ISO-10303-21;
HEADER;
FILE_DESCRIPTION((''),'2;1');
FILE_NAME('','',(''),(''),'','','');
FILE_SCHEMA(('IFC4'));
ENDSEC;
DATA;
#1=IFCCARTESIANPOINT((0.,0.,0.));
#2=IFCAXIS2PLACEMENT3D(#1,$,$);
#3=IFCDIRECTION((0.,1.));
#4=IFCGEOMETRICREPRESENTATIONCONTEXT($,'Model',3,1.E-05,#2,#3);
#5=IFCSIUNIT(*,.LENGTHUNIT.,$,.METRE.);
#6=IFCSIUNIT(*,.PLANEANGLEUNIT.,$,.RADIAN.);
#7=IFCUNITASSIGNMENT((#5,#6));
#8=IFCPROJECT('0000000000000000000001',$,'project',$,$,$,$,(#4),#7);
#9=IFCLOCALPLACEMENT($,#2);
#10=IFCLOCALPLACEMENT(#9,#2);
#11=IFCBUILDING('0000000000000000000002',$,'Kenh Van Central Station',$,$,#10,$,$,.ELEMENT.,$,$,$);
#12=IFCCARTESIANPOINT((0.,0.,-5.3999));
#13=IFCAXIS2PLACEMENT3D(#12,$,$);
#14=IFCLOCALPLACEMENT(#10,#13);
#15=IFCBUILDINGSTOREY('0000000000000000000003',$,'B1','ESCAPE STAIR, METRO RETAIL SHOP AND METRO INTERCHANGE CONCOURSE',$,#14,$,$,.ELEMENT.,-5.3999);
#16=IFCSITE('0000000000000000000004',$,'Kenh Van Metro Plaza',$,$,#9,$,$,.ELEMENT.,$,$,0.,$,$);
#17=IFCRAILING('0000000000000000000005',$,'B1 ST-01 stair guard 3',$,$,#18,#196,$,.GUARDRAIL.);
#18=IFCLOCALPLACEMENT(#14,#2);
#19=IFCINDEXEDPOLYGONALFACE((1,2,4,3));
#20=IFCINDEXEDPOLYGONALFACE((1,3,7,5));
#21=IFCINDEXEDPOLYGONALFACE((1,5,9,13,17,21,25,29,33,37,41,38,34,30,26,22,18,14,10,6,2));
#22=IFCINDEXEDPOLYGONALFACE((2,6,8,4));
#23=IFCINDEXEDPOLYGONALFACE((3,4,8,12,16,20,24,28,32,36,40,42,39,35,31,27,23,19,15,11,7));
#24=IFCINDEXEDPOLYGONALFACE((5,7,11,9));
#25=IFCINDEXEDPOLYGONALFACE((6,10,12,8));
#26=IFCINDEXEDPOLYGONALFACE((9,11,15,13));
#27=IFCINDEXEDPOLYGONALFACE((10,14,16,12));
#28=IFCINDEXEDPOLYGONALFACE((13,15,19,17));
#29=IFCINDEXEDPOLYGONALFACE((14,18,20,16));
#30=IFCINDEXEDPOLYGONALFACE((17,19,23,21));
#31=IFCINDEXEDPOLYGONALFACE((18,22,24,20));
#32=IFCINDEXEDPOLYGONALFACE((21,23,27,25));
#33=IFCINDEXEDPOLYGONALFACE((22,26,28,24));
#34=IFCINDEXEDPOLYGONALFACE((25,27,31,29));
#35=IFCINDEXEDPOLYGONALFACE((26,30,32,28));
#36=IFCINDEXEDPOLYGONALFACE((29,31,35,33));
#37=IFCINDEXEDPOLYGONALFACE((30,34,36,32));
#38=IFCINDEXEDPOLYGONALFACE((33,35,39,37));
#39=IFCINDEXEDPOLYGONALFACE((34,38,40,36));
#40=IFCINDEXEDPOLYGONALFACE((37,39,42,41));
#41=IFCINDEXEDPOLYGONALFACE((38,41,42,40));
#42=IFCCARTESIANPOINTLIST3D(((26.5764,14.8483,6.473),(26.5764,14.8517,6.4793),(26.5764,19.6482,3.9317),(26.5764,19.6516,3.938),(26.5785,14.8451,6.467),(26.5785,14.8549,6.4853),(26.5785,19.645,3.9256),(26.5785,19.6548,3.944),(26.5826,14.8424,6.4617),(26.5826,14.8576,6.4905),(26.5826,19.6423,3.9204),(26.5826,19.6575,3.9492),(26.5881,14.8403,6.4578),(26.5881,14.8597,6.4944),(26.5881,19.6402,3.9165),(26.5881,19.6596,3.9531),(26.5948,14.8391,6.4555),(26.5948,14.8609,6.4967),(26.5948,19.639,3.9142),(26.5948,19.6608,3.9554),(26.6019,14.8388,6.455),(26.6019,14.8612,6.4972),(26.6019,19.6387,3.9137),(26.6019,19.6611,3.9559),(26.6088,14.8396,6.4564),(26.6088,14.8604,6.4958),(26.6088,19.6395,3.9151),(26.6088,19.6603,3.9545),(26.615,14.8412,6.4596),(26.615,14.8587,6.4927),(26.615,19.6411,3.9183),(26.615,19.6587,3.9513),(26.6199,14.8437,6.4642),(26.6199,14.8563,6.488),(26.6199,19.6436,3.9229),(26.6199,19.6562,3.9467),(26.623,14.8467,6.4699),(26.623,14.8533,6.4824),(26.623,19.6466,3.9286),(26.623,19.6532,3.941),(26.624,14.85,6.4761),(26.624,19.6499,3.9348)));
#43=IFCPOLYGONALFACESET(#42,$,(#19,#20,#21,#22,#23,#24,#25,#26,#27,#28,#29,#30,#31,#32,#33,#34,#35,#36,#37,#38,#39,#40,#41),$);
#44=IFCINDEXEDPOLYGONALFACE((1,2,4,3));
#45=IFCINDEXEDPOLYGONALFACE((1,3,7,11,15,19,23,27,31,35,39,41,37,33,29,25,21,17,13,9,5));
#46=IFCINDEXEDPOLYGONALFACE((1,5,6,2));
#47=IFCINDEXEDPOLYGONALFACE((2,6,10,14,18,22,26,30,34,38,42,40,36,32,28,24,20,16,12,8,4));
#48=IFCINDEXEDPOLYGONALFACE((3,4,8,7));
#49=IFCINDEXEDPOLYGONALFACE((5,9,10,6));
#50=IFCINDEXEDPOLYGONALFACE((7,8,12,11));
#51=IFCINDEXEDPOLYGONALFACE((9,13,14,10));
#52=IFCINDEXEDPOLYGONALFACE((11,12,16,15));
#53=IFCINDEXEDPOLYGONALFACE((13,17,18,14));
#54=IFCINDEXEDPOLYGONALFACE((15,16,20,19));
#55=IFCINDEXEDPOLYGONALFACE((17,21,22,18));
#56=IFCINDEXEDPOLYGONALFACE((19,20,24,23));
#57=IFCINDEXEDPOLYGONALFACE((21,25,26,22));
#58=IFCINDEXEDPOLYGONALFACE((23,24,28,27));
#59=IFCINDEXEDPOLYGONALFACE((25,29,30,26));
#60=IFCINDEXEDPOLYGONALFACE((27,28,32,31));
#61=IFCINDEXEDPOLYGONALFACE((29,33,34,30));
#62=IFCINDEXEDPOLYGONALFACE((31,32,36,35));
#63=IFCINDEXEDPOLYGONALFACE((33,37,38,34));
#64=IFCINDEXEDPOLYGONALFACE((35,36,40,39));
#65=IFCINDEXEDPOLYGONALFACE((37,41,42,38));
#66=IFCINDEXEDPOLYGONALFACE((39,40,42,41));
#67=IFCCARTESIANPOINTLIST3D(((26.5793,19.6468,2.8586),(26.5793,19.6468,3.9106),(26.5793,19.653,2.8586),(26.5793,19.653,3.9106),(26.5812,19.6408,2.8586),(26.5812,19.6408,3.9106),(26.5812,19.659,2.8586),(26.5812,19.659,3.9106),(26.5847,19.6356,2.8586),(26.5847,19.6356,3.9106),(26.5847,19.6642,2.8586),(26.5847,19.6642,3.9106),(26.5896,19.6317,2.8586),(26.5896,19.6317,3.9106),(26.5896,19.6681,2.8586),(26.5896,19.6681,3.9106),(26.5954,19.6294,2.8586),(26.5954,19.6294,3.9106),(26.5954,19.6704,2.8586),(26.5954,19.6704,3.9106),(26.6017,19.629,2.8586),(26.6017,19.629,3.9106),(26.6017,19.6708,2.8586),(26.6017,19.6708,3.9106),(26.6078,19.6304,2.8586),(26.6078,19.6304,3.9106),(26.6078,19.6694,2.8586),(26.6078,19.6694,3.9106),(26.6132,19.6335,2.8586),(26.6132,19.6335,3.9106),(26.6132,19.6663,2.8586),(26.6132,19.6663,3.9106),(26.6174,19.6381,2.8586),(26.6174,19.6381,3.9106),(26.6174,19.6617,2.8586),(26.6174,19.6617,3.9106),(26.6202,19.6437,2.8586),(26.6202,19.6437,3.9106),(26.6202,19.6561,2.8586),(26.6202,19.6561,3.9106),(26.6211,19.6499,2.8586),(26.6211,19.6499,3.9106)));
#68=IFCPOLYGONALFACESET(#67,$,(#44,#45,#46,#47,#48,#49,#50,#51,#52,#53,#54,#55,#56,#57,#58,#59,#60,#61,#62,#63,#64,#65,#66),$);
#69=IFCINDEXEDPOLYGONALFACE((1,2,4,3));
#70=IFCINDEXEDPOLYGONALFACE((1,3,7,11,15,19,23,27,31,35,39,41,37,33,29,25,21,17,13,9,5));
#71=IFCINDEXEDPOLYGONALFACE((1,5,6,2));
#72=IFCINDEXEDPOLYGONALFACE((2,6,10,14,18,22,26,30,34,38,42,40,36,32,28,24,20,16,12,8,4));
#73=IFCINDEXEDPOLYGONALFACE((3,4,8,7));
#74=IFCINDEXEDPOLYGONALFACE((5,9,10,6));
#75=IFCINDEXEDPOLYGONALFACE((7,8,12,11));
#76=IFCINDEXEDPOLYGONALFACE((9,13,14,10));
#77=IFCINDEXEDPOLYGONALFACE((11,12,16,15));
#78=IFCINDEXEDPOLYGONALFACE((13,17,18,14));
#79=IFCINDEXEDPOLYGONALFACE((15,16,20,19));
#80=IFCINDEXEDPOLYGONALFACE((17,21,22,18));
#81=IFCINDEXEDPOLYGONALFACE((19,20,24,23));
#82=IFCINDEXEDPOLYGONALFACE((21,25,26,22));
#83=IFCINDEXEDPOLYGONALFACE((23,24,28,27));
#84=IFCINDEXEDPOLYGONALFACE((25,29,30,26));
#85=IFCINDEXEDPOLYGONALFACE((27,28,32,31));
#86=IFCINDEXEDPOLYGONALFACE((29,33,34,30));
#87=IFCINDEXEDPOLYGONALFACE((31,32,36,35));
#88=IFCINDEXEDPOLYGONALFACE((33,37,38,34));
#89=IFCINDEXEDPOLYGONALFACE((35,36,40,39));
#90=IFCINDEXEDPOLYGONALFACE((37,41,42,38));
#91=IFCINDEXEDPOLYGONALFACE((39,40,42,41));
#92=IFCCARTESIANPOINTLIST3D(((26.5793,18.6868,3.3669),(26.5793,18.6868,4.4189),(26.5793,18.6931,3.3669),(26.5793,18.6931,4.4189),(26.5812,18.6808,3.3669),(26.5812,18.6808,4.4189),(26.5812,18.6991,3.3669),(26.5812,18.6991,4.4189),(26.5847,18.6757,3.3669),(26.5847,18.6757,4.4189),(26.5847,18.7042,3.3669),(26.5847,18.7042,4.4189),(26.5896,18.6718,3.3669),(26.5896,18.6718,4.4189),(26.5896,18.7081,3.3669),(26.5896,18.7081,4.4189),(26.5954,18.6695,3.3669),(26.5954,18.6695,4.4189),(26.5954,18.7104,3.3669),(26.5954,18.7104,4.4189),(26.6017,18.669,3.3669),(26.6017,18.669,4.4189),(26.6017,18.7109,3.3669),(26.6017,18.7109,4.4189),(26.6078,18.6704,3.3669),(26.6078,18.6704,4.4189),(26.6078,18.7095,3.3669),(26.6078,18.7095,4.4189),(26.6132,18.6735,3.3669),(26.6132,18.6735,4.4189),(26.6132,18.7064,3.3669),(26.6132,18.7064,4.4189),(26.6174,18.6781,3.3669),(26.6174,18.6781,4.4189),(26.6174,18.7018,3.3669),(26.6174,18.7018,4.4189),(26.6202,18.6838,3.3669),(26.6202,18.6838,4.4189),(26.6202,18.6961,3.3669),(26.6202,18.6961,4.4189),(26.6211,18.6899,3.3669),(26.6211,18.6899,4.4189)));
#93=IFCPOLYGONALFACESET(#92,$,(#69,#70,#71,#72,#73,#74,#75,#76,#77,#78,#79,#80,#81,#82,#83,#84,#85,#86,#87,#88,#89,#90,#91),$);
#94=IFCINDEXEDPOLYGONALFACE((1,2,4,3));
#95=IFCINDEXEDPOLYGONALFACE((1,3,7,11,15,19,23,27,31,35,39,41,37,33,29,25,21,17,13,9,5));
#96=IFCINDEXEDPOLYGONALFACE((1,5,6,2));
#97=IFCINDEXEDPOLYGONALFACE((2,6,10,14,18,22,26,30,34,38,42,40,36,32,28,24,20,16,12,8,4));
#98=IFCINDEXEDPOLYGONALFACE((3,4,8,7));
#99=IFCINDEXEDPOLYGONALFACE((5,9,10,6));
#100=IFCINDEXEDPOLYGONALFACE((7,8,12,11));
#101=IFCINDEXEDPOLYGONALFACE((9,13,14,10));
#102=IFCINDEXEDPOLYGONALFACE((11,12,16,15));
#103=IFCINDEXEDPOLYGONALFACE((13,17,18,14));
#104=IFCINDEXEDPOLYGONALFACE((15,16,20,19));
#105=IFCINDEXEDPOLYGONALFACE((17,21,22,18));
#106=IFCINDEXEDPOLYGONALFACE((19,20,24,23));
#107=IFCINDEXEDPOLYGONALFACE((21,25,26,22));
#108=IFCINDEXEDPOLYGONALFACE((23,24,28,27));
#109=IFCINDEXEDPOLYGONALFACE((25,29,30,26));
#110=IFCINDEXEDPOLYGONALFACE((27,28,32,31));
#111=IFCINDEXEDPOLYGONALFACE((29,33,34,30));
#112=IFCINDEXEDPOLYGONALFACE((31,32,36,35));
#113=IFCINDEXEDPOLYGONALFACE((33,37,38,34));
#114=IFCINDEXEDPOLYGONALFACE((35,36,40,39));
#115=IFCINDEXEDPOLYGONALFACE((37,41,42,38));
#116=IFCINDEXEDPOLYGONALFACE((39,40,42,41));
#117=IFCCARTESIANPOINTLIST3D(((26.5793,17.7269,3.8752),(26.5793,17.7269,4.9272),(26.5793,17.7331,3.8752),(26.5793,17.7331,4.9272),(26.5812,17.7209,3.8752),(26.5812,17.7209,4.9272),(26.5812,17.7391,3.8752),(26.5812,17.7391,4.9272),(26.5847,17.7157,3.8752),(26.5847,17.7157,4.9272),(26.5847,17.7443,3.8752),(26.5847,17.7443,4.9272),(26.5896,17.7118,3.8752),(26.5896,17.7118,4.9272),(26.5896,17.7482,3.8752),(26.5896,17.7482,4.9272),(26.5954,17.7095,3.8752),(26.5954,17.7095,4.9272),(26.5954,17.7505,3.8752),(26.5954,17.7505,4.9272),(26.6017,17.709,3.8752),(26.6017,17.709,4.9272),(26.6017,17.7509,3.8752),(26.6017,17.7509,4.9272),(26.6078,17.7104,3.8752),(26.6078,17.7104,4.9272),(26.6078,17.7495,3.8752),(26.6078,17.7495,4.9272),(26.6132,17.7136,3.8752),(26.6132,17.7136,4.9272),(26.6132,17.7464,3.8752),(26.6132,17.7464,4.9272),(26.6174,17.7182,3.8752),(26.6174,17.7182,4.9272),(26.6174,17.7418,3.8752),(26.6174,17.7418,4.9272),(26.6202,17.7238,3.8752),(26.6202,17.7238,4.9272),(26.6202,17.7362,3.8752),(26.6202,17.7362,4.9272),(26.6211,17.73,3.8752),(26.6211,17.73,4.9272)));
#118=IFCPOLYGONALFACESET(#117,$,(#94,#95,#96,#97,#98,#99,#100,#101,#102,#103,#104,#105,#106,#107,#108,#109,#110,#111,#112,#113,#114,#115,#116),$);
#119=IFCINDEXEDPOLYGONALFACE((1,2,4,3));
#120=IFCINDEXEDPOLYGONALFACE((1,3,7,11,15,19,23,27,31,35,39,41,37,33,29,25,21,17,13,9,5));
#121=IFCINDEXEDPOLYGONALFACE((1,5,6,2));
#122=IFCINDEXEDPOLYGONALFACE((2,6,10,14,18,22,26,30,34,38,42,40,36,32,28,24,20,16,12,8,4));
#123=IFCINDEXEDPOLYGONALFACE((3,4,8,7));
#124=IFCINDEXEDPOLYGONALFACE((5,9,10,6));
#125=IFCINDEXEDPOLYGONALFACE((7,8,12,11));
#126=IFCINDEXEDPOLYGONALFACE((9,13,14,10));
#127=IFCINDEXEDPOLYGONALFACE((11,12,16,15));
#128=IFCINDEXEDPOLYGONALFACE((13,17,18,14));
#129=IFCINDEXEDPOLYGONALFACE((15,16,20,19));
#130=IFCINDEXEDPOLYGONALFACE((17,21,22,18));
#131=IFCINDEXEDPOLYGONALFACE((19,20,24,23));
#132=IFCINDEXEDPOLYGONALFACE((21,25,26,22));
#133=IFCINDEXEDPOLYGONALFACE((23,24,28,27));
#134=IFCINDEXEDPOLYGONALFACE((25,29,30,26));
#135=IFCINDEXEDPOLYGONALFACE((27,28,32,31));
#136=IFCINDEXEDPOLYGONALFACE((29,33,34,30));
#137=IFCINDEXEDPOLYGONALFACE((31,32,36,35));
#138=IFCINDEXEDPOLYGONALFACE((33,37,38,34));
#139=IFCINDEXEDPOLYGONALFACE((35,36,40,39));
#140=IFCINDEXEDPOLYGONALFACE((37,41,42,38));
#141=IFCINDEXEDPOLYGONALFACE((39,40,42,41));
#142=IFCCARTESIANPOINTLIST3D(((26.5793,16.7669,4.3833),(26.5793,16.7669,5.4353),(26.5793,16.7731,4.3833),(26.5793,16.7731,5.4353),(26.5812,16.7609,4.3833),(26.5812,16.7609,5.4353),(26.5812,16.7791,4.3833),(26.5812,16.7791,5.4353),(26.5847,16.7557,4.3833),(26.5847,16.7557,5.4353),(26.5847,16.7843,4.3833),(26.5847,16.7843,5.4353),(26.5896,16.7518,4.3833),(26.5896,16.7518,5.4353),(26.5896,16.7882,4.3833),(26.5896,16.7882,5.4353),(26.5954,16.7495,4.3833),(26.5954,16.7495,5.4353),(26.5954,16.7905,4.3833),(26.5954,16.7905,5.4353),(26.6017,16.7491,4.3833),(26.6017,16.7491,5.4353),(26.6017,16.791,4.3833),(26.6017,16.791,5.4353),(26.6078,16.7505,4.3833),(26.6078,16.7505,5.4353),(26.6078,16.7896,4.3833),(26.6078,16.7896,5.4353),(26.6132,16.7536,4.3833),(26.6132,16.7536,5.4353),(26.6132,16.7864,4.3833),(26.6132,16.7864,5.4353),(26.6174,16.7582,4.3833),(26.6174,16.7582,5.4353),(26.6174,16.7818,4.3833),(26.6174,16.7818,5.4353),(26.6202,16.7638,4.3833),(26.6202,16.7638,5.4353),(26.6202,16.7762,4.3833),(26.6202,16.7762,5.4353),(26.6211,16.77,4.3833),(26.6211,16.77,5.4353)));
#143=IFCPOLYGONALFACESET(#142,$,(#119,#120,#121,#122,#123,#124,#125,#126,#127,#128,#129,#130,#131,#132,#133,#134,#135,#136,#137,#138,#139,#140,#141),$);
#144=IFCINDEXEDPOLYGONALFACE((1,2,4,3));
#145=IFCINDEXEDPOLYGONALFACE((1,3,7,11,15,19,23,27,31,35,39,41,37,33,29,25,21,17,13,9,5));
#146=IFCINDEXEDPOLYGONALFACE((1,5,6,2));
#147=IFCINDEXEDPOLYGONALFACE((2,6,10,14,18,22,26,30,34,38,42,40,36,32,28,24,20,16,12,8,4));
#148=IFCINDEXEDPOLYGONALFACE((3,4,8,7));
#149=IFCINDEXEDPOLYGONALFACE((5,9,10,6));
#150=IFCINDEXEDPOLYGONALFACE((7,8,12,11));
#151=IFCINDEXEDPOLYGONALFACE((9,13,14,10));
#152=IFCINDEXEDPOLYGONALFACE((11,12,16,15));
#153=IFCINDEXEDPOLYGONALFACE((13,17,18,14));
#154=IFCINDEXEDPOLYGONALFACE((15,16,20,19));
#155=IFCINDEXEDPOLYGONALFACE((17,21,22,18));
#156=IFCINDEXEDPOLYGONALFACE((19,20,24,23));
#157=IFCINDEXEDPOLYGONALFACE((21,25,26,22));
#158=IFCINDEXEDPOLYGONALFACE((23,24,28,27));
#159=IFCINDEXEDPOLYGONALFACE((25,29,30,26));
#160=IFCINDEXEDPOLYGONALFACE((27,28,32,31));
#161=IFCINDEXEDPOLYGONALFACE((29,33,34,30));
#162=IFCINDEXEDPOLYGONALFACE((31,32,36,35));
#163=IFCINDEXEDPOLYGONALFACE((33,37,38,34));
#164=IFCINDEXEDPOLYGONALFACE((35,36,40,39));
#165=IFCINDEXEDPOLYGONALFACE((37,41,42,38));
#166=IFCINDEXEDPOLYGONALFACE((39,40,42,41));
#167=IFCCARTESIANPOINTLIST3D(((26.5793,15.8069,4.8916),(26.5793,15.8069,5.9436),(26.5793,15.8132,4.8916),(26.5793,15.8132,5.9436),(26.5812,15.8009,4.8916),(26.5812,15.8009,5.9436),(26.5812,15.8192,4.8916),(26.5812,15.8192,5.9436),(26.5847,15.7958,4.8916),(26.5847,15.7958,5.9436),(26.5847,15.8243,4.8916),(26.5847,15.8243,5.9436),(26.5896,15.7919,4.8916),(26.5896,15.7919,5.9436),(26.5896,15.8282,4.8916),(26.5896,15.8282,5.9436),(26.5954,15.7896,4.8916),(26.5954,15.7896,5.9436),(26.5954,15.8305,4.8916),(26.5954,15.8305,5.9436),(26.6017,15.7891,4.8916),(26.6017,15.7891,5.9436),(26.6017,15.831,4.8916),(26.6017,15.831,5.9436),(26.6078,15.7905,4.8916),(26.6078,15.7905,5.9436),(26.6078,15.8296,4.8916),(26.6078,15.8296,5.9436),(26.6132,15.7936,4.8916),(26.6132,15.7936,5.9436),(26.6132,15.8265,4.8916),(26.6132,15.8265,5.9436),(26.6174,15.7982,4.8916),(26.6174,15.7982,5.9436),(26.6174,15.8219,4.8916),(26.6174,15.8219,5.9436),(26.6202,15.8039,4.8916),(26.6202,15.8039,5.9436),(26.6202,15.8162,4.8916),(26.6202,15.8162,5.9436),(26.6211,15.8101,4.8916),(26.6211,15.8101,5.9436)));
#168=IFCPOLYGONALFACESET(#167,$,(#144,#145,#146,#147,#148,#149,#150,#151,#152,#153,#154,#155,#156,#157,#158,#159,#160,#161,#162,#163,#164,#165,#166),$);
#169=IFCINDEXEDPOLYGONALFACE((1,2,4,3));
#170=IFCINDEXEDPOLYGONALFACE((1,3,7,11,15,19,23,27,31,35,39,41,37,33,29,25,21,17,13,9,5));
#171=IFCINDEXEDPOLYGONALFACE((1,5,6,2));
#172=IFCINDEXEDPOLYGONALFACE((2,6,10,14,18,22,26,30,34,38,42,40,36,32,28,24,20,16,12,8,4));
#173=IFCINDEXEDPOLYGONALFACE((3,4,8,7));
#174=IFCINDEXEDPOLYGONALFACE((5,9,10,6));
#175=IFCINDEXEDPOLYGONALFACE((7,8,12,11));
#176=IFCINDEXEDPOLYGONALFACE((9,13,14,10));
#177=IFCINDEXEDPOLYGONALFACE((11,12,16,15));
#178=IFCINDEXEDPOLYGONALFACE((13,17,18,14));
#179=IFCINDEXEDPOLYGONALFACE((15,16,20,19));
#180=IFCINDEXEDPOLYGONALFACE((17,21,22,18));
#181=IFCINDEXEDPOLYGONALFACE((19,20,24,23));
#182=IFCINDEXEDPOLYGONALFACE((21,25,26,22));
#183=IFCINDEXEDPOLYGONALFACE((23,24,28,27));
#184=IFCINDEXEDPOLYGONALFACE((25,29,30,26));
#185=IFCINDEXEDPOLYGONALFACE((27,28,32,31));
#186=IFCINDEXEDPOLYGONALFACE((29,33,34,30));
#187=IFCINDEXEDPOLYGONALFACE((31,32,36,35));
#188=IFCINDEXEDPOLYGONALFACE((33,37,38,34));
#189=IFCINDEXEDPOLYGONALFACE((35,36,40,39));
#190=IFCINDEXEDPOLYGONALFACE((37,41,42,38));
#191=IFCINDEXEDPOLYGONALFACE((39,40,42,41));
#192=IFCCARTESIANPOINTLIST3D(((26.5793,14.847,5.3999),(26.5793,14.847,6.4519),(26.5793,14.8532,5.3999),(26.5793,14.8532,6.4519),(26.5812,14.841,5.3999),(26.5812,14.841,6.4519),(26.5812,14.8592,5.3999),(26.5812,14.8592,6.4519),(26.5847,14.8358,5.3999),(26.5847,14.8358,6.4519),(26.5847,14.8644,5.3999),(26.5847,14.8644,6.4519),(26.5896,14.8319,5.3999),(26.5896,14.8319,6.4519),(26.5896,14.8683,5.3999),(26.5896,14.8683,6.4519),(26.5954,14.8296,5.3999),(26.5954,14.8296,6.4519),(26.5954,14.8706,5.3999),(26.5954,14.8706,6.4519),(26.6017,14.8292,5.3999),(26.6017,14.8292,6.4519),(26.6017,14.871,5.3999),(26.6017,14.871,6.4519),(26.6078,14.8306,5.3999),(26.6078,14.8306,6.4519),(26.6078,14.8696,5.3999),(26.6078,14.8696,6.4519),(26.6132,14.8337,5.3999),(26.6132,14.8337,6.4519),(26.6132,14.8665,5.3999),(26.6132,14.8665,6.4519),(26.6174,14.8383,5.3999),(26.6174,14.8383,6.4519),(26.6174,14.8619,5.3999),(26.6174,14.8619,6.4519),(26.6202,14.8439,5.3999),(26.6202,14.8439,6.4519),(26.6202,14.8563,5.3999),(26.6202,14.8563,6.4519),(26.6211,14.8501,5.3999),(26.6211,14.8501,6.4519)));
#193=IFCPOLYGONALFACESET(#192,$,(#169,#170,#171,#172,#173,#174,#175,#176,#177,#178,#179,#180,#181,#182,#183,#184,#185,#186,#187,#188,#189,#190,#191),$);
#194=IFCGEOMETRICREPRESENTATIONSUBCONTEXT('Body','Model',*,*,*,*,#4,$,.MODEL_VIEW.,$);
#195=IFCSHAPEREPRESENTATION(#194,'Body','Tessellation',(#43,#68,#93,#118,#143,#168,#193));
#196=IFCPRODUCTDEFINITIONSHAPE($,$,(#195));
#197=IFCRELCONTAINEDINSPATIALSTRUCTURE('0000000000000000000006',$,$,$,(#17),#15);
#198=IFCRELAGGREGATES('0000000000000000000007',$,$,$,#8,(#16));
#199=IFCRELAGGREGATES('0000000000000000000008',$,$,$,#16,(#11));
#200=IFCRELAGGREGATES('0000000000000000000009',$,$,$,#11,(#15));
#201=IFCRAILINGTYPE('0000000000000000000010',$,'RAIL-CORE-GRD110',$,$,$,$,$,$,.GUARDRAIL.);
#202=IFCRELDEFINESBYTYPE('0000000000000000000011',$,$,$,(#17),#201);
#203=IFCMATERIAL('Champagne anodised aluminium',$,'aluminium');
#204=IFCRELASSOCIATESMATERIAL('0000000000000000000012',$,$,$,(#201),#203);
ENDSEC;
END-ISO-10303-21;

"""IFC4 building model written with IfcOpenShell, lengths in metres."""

from ifc_helpers import new_model, si_unit, direction, frame, origin, origin_2d, place, context, subcontext, project, spatial, circle, extrude, material, type_object, element, save


model = new_model("IFC4")

# Units and contexts
model_context = context("Model", 3, precision=1e-05, world=origin(), true_north=direction((0.0, 1.0)))
body_context = subcontext(model_context, "Body", "Model", "MODEL_VIEW")
ifc_project = project(units=[si_unit("LENGTHUNIT", "METRE"), si_unit("PLANEANGLEUNIT", "RADIAN")], contexts=[model_context])

# Site, building, storey
site_placement = place(None, origin())
site = spatial("IfcSite", under=ifc_project, at=site_placement, Name="Kenh Van Metro Plaza", CompositionType="ELEMENT", RefElevation=0.0)
building_placement = place(site_placement, origin())
building = spatial("IfcBuilding", under=site, at=building_placement, Name="Kenh Van Central Station", CompositionType="ELEMENT")
storey_placement = place(building_placement, frame((0.0, 0.0, -5.3999)))
storey = spatial("IfcBuildingStorey", under=building, at=storey_placement, Name="B1", Description="ESCAPE STAIR, METRO RETAIL SHOP AND METRO INTERCHANGE CONCOURSE", CompositionType="ELEMENT", Elevation=-5.3999)

# Shared definitions
ifc_material_1 = material(Name="Champagne anodised aluminium", Category="aluminium")

# Railing
railing_type_1 = type_object("IfcRailingType", Name="RAIL-CORE-GRD110", PredefinedType="GUARDRAIL", material=ifc_material_1)
railing_1_placement = place(storey_placement, frame((26.6001, 19.6499, 2.8586)))
element("IfcRailing", 1, at=railing_1_placement, inside=storey, type_object=railing_type_1, Name="B1 ST-01 stair guard 3", PredefinedType="GUARDRAIL", context=body_context, shape_type="SweptSolid", body=[
    extrude(circle(Radius=0.0239, at=origin_2d()), frame((0.0, 0.0, 1.0762), z_axis=(0.0, -0.883774, 0.467915), x_axis=(1.0, 0.0, 0.0)), (0.0, 0.0, 1.0), 5.4312),
    extrude(circle(Radius=0.021, at=origin_2d()), origin(), (0.0, 0.0, 1.0), 1.052),
    extrude(circle(Radius=0.021, at=origin_2d()), frame((0.0, -0.96, 0.5083)), (0.0, 0.0, 1.0), 1.052),
    extrude(circle(Radius=0.021, at=origin_2d()), frame((0.0, -1.9199, 1.0166)), (0.0, 0.0, 1.0), 1.052),
    extrude(circle(Radius=0.021, at=origin_2d()), frame((0.0, -2.8799, 1.5247)), (0.0, 0.0, 1.0), 1.052),
    extrude(circle(Radius=0.021, at=origin_2d()), frame((0.0, -3.8398, 2.033)), (0.0, 0.0, 1.0), 1.052),
    extrude(circle(Radius=0.021, at=origin_2d()), frame((0.0, -4.7998, 2.5413)), (0.0, 0.0, 1.0), 1.052),
])

save(model, "model.ifc")
